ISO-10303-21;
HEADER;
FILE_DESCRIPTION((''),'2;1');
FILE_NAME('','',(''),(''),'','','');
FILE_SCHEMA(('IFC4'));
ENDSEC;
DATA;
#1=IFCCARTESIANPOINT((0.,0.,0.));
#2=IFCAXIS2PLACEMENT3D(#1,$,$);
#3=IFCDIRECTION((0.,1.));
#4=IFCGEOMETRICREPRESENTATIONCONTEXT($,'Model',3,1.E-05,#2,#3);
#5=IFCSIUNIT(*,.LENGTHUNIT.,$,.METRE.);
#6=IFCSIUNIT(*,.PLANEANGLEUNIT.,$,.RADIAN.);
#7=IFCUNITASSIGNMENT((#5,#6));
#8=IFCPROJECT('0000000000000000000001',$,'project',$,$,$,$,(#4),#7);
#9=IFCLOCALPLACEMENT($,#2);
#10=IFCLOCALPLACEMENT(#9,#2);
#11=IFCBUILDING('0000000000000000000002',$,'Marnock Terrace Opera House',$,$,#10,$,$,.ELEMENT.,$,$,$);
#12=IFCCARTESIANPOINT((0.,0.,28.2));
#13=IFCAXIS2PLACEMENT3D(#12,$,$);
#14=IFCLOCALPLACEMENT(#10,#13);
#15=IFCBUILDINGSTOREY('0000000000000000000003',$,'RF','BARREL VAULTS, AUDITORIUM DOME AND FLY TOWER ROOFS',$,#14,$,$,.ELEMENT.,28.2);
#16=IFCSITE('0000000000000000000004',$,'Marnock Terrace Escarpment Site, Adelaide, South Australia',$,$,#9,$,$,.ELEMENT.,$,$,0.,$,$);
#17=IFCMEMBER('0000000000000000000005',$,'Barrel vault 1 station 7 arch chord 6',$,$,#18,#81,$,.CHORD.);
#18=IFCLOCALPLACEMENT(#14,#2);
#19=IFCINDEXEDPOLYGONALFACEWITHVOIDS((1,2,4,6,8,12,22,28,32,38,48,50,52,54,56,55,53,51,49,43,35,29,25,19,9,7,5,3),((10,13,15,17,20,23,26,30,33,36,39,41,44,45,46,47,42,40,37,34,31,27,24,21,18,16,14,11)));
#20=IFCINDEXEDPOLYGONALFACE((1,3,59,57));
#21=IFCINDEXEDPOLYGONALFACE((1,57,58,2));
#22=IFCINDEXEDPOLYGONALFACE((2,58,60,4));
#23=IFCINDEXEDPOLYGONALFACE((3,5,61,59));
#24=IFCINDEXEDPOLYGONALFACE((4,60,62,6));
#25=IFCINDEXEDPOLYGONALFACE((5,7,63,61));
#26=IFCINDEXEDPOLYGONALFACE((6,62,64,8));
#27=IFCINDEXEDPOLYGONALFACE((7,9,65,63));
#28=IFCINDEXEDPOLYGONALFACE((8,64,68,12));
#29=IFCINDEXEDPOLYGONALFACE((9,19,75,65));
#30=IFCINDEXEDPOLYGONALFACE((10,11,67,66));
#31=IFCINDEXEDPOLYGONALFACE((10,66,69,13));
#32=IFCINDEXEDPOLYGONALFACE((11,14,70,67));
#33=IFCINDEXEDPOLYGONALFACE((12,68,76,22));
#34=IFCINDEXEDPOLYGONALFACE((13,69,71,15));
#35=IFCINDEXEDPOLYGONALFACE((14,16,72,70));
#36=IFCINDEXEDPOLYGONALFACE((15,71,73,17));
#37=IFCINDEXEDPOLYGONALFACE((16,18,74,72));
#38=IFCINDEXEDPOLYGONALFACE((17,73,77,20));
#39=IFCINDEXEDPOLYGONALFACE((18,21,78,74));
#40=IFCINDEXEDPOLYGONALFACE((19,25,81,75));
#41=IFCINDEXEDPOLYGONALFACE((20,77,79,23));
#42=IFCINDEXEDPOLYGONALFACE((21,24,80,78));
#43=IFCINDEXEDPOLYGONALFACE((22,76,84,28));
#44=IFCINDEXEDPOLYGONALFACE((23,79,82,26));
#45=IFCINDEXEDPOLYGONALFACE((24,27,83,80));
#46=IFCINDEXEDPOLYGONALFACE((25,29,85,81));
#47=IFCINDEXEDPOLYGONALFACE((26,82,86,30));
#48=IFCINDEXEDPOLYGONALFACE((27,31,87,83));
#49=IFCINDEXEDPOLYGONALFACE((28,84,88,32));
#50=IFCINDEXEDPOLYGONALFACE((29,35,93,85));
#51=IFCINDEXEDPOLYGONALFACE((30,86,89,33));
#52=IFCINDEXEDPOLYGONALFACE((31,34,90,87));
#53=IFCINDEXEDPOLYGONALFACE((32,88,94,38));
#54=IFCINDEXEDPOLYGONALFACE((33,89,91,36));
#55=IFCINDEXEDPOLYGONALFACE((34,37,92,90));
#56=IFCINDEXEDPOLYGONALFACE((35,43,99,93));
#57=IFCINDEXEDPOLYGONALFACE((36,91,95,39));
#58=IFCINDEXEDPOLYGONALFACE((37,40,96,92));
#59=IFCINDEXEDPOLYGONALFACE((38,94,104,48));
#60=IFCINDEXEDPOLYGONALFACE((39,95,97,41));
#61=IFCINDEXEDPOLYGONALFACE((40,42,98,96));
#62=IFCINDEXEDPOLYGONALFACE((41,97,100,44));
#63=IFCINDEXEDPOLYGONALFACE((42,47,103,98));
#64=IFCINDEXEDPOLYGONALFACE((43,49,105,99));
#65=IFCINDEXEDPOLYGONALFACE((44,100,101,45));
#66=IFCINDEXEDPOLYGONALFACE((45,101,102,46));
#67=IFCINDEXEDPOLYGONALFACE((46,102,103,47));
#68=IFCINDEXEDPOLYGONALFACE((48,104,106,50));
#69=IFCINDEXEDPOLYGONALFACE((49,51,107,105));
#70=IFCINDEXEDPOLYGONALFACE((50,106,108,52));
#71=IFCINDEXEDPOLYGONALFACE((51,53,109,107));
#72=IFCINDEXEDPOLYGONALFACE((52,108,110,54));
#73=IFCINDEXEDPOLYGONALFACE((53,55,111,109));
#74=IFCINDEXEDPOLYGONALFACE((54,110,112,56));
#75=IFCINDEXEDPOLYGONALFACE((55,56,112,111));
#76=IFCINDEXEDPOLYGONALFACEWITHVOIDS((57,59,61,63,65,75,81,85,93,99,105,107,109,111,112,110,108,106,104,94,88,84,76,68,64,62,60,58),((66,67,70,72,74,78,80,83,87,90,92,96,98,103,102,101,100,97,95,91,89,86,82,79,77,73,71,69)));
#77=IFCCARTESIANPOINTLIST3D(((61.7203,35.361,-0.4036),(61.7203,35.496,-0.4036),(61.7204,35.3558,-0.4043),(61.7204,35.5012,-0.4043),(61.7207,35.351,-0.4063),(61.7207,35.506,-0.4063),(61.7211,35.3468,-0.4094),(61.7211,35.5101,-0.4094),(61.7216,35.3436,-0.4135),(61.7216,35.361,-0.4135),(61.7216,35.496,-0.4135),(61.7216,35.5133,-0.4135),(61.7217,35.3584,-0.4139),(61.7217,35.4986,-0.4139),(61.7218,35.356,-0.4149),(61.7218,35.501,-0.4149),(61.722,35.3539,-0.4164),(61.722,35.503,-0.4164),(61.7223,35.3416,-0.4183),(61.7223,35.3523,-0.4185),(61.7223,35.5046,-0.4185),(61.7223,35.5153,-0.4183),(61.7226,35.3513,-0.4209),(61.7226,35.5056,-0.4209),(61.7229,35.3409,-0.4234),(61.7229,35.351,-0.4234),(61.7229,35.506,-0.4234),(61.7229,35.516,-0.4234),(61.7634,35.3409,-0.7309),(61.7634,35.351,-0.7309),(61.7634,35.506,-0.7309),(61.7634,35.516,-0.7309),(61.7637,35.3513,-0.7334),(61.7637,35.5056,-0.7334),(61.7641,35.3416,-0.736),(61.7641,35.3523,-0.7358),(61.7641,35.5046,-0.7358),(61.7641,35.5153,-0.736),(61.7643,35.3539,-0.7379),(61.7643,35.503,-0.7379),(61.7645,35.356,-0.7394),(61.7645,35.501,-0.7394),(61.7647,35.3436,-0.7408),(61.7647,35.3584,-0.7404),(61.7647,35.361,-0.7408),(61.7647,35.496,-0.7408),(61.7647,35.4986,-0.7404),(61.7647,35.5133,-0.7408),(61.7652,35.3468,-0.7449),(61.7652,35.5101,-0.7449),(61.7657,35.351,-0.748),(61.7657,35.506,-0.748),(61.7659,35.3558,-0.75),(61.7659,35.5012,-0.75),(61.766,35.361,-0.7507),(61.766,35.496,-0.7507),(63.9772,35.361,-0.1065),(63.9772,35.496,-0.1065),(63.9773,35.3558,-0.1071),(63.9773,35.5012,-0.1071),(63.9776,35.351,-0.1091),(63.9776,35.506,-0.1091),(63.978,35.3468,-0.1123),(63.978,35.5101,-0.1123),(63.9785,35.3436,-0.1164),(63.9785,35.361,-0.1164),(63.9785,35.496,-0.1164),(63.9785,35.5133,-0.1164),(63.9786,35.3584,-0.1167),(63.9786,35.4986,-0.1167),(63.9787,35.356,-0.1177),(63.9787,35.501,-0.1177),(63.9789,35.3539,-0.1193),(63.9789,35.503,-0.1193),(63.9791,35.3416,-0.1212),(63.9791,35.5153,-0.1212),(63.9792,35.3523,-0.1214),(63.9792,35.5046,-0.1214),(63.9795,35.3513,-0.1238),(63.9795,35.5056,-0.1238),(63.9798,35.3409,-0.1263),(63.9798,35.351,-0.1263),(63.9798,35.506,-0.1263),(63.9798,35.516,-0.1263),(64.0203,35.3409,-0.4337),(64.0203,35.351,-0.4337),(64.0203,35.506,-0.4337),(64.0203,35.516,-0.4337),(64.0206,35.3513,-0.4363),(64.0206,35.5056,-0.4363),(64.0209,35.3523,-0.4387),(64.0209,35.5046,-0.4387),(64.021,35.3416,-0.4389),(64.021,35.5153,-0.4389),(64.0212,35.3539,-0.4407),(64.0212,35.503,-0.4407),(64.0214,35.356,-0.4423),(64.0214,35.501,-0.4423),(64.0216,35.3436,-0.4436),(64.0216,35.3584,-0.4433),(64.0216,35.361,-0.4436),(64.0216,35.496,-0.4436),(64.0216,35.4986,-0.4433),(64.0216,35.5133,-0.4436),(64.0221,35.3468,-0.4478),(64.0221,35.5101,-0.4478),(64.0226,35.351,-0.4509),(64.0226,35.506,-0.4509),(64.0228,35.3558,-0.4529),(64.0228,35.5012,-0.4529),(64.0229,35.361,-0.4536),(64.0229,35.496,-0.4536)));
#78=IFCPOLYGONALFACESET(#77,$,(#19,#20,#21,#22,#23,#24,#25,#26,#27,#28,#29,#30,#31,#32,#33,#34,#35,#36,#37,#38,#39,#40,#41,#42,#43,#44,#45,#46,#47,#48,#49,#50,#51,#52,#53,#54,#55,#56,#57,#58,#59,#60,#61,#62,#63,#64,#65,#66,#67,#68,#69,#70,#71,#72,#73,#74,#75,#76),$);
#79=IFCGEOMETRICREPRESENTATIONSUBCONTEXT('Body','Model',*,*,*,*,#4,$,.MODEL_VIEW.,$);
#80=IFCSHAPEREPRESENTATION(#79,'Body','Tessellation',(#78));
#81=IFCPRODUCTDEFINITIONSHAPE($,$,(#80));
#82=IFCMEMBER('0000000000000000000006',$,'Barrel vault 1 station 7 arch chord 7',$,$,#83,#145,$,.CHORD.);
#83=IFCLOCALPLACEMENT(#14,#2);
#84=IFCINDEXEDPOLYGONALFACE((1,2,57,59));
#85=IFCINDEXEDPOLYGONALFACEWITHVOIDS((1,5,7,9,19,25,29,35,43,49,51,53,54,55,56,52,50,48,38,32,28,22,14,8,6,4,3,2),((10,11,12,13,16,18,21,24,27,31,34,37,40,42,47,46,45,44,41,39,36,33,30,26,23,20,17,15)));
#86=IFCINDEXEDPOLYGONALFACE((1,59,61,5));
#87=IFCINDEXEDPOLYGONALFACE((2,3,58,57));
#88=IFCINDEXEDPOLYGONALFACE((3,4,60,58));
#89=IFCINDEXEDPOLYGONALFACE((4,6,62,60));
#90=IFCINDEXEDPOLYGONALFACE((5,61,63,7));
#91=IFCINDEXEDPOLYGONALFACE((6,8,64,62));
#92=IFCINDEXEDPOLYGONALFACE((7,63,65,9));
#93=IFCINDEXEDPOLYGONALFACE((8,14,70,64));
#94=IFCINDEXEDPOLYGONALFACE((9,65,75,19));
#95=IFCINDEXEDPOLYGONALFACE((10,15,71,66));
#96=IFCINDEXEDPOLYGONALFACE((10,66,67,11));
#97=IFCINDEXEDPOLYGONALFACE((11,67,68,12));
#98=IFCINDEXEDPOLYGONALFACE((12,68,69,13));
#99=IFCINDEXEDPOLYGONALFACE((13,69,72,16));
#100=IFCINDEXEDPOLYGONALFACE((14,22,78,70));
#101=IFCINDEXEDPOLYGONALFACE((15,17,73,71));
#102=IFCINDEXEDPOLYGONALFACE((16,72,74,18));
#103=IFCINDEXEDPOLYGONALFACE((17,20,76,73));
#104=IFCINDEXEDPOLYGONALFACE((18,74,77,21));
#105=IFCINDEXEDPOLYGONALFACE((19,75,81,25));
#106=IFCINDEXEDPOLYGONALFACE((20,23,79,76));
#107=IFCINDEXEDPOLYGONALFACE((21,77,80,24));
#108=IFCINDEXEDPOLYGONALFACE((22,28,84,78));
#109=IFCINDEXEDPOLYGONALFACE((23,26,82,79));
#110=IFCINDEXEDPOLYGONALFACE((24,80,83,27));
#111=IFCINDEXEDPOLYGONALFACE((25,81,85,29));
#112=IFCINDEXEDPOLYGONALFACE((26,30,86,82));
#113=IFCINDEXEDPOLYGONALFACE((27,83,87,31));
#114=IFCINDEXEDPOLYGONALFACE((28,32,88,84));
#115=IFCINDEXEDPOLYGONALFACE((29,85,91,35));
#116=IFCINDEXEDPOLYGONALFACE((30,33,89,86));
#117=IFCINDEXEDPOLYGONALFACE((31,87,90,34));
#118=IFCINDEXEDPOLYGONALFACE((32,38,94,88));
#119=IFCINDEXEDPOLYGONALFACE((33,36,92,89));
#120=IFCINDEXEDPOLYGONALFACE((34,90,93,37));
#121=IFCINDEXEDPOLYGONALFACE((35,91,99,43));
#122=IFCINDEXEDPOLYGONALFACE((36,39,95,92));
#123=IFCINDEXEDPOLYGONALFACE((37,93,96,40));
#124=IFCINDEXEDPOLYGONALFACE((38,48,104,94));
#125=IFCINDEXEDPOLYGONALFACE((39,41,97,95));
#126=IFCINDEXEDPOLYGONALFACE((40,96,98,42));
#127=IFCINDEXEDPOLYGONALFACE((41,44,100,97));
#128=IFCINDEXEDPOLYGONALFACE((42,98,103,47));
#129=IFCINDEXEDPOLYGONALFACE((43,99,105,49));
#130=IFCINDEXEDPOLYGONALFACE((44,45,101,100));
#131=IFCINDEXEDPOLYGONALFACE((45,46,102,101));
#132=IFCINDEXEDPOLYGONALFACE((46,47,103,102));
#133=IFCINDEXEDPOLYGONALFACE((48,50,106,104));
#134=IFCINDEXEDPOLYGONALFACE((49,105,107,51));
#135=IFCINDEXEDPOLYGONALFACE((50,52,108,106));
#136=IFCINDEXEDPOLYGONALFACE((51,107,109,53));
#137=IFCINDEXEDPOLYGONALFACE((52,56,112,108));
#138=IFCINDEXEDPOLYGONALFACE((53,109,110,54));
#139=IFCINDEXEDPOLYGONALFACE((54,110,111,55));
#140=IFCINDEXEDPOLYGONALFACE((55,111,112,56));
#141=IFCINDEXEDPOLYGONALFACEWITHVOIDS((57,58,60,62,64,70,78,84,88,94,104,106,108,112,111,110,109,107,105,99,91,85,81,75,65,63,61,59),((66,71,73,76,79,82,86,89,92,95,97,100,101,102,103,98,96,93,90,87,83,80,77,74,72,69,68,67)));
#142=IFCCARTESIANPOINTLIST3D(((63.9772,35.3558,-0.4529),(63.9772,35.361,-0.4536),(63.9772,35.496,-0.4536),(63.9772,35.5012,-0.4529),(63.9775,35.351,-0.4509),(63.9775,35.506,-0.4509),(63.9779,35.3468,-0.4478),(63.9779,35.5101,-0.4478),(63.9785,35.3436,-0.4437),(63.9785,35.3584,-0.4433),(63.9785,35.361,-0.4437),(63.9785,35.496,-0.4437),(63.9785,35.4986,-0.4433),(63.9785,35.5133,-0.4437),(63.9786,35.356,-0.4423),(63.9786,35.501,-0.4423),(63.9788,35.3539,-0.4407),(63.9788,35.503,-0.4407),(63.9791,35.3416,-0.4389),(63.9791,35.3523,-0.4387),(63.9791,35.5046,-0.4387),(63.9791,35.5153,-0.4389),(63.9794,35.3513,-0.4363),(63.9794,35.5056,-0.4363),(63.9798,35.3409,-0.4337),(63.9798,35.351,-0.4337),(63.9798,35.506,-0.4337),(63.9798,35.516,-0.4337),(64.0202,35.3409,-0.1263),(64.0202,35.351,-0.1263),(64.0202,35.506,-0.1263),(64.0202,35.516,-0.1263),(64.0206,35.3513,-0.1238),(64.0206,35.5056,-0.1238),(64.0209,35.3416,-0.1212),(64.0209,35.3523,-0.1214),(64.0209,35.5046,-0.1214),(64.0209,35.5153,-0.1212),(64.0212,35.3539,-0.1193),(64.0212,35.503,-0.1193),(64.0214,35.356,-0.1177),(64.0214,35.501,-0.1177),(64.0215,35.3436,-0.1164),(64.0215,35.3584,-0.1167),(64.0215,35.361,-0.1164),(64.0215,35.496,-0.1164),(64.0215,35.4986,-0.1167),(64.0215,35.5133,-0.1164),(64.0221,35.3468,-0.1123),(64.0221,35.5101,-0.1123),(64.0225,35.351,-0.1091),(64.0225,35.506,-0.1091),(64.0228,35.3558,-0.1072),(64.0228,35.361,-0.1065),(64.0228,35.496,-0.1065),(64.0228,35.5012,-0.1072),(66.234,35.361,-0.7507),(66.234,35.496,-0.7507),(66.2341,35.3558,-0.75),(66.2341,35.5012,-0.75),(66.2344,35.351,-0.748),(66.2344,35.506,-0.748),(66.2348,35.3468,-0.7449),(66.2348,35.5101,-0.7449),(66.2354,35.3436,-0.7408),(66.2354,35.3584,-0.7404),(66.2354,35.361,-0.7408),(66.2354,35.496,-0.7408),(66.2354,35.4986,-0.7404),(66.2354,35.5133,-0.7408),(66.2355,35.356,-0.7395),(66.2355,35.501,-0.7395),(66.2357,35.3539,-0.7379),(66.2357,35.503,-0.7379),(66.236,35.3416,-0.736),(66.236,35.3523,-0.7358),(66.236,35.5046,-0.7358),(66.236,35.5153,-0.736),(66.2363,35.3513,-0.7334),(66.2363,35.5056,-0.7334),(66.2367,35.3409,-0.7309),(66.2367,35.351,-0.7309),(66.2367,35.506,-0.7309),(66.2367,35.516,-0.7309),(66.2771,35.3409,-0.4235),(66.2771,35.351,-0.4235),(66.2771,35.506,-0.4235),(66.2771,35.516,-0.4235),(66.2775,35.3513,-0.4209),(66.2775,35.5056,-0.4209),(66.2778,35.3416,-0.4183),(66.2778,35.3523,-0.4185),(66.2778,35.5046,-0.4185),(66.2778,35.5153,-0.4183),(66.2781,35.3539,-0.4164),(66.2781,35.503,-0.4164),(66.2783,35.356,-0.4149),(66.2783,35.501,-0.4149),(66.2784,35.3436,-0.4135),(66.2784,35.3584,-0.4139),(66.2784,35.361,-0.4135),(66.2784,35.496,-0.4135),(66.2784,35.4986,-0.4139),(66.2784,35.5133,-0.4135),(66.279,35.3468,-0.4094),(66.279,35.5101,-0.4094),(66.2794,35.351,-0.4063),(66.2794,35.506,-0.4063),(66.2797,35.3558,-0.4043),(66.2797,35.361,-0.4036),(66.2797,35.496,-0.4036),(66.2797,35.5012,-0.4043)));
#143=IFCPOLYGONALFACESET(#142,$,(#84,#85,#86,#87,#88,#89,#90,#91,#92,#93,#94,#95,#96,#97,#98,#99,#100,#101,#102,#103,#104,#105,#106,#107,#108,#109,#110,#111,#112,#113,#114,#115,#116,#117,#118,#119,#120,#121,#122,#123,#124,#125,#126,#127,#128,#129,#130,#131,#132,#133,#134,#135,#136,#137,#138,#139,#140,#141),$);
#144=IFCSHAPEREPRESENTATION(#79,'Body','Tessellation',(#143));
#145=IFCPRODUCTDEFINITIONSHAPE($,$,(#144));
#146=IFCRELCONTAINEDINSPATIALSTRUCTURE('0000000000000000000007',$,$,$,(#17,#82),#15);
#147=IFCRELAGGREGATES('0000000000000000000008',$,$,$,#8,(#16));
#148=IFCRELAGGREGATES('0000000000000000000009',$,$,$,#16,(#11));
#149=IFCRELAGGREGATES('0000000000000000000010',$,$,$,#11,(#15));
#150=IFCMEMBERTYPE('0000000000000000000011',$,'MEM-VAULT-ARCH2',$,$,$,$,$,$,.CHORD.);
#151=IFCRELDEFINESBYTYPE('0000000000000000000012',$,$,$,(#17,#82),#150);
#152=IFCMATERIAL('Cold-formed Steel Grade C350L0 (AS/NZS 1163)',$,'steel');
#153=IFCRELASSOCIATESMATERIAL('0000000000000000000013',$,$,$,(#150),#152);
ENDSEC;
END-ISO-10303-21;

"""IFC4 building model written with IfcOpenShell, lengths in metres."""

from ifc_helpers import new_model, si_unit, direction, frame, origin, origin_2d, place, context, subcontext, project, spatial, hollow_rectangle, extrude, material, material_profile, profile_set, type_object, element, save


model = new_model("IFC4")

# Units and contexts
model_context = context("Model", 3, precision=1e-05, world=origin(), true_north=direction((0.0, 1.0)))
body_context = subcontext(model_context, "Body", "Model", "MODEL_VIEW")
ifc_project = project(units=[si_unit("LENGTHUNIT", "METRE"), si_unit("PLANEANGLEUNIT", "RADIAN")], contexts=[model_context])

# Site, building, storey
site_placement = place(None, origin())
site = spatial("IfcSite", under=ifc_project, at=site_placement, Name="Marnock Terrace Escarpment Site, Adelaide, South Australia", CompositionType="ELEMENT", RefElevation=0.0)
building_placement = place(site_placement, origin())
building = spatial("IfcBuilding", under=site, at=building_placement, Name="Marnock Terrace Opera House", CompositionType="ELEMENT")
storey_placement = place(building_placement, frame((0.0, 0.0, 28.2)))
storey = spatial("IfcBuildingStorey", under=building, at=storey_placement, Name="RF", Description="BARREL VAULTS, AUDITORIUM DOME AND FLY TOWER ROOFS", CompositionType="ELEMENT", Elevation=28.2)

# Members
ifc_material_1 = material(Name="Cold-formed Steel Grade C350L0 (AS/NZS 1163)", Category="steel")
ifc_material_profile_1 = material_profile(ifc_material_1, hollow_rectangle(XDim=0.175, YDim=0.3501, WallThickness=0.01, InnerFilletRadius=0.01, OuterFilletRadius=0.02, at=origin_2d()))
ifc_profile_set_1 = profile_set([ifc_material_profile_1], Name="Cold-formed Steel Grade C350L0 (AS/NZS 1163)")
member_type_1 = type_object("IfcMemberType", Name="MEM-VAULT-ARCH2", PredefinedType="CHORD", material=ifc_profile_set_1)
for number, where, z_axis, x_axis, name in (
    (1, (61.7432, 35.4285, -0.5771), (0.991445, 0.0, 0.130527), (0.0, 1.0, 0.0), "Barrel vault 1 station 7 arch chord 6"),
    (2, (64.0, 35.4285, -0.28), (0.991445, 0.0, -0.130527), (0.0, 1.0, 0.0), "Barrel vault 1 station 7 arch chord 7"),
):
    element("IfcMember", number, at=place(storey_placement, frame(where, z_axis=z_axis, x_axis=x_axis)), inside=storey, type_object=member_type_1, Name=name, PredefinedType="CHORD", context=body_context, shape_type="SweptSolid", body=[
        extrude(hollow_rectangle(XDim=0.175, YDim=0.3501, WallThickness=0.01, InnerFilletRadius=0.01, OuterFilletRadius=0.02, at=origin_2d()), origin(), (0.0, 0.0, 1.0), 2.2764),
    ])

save(model, "model.ifc")
